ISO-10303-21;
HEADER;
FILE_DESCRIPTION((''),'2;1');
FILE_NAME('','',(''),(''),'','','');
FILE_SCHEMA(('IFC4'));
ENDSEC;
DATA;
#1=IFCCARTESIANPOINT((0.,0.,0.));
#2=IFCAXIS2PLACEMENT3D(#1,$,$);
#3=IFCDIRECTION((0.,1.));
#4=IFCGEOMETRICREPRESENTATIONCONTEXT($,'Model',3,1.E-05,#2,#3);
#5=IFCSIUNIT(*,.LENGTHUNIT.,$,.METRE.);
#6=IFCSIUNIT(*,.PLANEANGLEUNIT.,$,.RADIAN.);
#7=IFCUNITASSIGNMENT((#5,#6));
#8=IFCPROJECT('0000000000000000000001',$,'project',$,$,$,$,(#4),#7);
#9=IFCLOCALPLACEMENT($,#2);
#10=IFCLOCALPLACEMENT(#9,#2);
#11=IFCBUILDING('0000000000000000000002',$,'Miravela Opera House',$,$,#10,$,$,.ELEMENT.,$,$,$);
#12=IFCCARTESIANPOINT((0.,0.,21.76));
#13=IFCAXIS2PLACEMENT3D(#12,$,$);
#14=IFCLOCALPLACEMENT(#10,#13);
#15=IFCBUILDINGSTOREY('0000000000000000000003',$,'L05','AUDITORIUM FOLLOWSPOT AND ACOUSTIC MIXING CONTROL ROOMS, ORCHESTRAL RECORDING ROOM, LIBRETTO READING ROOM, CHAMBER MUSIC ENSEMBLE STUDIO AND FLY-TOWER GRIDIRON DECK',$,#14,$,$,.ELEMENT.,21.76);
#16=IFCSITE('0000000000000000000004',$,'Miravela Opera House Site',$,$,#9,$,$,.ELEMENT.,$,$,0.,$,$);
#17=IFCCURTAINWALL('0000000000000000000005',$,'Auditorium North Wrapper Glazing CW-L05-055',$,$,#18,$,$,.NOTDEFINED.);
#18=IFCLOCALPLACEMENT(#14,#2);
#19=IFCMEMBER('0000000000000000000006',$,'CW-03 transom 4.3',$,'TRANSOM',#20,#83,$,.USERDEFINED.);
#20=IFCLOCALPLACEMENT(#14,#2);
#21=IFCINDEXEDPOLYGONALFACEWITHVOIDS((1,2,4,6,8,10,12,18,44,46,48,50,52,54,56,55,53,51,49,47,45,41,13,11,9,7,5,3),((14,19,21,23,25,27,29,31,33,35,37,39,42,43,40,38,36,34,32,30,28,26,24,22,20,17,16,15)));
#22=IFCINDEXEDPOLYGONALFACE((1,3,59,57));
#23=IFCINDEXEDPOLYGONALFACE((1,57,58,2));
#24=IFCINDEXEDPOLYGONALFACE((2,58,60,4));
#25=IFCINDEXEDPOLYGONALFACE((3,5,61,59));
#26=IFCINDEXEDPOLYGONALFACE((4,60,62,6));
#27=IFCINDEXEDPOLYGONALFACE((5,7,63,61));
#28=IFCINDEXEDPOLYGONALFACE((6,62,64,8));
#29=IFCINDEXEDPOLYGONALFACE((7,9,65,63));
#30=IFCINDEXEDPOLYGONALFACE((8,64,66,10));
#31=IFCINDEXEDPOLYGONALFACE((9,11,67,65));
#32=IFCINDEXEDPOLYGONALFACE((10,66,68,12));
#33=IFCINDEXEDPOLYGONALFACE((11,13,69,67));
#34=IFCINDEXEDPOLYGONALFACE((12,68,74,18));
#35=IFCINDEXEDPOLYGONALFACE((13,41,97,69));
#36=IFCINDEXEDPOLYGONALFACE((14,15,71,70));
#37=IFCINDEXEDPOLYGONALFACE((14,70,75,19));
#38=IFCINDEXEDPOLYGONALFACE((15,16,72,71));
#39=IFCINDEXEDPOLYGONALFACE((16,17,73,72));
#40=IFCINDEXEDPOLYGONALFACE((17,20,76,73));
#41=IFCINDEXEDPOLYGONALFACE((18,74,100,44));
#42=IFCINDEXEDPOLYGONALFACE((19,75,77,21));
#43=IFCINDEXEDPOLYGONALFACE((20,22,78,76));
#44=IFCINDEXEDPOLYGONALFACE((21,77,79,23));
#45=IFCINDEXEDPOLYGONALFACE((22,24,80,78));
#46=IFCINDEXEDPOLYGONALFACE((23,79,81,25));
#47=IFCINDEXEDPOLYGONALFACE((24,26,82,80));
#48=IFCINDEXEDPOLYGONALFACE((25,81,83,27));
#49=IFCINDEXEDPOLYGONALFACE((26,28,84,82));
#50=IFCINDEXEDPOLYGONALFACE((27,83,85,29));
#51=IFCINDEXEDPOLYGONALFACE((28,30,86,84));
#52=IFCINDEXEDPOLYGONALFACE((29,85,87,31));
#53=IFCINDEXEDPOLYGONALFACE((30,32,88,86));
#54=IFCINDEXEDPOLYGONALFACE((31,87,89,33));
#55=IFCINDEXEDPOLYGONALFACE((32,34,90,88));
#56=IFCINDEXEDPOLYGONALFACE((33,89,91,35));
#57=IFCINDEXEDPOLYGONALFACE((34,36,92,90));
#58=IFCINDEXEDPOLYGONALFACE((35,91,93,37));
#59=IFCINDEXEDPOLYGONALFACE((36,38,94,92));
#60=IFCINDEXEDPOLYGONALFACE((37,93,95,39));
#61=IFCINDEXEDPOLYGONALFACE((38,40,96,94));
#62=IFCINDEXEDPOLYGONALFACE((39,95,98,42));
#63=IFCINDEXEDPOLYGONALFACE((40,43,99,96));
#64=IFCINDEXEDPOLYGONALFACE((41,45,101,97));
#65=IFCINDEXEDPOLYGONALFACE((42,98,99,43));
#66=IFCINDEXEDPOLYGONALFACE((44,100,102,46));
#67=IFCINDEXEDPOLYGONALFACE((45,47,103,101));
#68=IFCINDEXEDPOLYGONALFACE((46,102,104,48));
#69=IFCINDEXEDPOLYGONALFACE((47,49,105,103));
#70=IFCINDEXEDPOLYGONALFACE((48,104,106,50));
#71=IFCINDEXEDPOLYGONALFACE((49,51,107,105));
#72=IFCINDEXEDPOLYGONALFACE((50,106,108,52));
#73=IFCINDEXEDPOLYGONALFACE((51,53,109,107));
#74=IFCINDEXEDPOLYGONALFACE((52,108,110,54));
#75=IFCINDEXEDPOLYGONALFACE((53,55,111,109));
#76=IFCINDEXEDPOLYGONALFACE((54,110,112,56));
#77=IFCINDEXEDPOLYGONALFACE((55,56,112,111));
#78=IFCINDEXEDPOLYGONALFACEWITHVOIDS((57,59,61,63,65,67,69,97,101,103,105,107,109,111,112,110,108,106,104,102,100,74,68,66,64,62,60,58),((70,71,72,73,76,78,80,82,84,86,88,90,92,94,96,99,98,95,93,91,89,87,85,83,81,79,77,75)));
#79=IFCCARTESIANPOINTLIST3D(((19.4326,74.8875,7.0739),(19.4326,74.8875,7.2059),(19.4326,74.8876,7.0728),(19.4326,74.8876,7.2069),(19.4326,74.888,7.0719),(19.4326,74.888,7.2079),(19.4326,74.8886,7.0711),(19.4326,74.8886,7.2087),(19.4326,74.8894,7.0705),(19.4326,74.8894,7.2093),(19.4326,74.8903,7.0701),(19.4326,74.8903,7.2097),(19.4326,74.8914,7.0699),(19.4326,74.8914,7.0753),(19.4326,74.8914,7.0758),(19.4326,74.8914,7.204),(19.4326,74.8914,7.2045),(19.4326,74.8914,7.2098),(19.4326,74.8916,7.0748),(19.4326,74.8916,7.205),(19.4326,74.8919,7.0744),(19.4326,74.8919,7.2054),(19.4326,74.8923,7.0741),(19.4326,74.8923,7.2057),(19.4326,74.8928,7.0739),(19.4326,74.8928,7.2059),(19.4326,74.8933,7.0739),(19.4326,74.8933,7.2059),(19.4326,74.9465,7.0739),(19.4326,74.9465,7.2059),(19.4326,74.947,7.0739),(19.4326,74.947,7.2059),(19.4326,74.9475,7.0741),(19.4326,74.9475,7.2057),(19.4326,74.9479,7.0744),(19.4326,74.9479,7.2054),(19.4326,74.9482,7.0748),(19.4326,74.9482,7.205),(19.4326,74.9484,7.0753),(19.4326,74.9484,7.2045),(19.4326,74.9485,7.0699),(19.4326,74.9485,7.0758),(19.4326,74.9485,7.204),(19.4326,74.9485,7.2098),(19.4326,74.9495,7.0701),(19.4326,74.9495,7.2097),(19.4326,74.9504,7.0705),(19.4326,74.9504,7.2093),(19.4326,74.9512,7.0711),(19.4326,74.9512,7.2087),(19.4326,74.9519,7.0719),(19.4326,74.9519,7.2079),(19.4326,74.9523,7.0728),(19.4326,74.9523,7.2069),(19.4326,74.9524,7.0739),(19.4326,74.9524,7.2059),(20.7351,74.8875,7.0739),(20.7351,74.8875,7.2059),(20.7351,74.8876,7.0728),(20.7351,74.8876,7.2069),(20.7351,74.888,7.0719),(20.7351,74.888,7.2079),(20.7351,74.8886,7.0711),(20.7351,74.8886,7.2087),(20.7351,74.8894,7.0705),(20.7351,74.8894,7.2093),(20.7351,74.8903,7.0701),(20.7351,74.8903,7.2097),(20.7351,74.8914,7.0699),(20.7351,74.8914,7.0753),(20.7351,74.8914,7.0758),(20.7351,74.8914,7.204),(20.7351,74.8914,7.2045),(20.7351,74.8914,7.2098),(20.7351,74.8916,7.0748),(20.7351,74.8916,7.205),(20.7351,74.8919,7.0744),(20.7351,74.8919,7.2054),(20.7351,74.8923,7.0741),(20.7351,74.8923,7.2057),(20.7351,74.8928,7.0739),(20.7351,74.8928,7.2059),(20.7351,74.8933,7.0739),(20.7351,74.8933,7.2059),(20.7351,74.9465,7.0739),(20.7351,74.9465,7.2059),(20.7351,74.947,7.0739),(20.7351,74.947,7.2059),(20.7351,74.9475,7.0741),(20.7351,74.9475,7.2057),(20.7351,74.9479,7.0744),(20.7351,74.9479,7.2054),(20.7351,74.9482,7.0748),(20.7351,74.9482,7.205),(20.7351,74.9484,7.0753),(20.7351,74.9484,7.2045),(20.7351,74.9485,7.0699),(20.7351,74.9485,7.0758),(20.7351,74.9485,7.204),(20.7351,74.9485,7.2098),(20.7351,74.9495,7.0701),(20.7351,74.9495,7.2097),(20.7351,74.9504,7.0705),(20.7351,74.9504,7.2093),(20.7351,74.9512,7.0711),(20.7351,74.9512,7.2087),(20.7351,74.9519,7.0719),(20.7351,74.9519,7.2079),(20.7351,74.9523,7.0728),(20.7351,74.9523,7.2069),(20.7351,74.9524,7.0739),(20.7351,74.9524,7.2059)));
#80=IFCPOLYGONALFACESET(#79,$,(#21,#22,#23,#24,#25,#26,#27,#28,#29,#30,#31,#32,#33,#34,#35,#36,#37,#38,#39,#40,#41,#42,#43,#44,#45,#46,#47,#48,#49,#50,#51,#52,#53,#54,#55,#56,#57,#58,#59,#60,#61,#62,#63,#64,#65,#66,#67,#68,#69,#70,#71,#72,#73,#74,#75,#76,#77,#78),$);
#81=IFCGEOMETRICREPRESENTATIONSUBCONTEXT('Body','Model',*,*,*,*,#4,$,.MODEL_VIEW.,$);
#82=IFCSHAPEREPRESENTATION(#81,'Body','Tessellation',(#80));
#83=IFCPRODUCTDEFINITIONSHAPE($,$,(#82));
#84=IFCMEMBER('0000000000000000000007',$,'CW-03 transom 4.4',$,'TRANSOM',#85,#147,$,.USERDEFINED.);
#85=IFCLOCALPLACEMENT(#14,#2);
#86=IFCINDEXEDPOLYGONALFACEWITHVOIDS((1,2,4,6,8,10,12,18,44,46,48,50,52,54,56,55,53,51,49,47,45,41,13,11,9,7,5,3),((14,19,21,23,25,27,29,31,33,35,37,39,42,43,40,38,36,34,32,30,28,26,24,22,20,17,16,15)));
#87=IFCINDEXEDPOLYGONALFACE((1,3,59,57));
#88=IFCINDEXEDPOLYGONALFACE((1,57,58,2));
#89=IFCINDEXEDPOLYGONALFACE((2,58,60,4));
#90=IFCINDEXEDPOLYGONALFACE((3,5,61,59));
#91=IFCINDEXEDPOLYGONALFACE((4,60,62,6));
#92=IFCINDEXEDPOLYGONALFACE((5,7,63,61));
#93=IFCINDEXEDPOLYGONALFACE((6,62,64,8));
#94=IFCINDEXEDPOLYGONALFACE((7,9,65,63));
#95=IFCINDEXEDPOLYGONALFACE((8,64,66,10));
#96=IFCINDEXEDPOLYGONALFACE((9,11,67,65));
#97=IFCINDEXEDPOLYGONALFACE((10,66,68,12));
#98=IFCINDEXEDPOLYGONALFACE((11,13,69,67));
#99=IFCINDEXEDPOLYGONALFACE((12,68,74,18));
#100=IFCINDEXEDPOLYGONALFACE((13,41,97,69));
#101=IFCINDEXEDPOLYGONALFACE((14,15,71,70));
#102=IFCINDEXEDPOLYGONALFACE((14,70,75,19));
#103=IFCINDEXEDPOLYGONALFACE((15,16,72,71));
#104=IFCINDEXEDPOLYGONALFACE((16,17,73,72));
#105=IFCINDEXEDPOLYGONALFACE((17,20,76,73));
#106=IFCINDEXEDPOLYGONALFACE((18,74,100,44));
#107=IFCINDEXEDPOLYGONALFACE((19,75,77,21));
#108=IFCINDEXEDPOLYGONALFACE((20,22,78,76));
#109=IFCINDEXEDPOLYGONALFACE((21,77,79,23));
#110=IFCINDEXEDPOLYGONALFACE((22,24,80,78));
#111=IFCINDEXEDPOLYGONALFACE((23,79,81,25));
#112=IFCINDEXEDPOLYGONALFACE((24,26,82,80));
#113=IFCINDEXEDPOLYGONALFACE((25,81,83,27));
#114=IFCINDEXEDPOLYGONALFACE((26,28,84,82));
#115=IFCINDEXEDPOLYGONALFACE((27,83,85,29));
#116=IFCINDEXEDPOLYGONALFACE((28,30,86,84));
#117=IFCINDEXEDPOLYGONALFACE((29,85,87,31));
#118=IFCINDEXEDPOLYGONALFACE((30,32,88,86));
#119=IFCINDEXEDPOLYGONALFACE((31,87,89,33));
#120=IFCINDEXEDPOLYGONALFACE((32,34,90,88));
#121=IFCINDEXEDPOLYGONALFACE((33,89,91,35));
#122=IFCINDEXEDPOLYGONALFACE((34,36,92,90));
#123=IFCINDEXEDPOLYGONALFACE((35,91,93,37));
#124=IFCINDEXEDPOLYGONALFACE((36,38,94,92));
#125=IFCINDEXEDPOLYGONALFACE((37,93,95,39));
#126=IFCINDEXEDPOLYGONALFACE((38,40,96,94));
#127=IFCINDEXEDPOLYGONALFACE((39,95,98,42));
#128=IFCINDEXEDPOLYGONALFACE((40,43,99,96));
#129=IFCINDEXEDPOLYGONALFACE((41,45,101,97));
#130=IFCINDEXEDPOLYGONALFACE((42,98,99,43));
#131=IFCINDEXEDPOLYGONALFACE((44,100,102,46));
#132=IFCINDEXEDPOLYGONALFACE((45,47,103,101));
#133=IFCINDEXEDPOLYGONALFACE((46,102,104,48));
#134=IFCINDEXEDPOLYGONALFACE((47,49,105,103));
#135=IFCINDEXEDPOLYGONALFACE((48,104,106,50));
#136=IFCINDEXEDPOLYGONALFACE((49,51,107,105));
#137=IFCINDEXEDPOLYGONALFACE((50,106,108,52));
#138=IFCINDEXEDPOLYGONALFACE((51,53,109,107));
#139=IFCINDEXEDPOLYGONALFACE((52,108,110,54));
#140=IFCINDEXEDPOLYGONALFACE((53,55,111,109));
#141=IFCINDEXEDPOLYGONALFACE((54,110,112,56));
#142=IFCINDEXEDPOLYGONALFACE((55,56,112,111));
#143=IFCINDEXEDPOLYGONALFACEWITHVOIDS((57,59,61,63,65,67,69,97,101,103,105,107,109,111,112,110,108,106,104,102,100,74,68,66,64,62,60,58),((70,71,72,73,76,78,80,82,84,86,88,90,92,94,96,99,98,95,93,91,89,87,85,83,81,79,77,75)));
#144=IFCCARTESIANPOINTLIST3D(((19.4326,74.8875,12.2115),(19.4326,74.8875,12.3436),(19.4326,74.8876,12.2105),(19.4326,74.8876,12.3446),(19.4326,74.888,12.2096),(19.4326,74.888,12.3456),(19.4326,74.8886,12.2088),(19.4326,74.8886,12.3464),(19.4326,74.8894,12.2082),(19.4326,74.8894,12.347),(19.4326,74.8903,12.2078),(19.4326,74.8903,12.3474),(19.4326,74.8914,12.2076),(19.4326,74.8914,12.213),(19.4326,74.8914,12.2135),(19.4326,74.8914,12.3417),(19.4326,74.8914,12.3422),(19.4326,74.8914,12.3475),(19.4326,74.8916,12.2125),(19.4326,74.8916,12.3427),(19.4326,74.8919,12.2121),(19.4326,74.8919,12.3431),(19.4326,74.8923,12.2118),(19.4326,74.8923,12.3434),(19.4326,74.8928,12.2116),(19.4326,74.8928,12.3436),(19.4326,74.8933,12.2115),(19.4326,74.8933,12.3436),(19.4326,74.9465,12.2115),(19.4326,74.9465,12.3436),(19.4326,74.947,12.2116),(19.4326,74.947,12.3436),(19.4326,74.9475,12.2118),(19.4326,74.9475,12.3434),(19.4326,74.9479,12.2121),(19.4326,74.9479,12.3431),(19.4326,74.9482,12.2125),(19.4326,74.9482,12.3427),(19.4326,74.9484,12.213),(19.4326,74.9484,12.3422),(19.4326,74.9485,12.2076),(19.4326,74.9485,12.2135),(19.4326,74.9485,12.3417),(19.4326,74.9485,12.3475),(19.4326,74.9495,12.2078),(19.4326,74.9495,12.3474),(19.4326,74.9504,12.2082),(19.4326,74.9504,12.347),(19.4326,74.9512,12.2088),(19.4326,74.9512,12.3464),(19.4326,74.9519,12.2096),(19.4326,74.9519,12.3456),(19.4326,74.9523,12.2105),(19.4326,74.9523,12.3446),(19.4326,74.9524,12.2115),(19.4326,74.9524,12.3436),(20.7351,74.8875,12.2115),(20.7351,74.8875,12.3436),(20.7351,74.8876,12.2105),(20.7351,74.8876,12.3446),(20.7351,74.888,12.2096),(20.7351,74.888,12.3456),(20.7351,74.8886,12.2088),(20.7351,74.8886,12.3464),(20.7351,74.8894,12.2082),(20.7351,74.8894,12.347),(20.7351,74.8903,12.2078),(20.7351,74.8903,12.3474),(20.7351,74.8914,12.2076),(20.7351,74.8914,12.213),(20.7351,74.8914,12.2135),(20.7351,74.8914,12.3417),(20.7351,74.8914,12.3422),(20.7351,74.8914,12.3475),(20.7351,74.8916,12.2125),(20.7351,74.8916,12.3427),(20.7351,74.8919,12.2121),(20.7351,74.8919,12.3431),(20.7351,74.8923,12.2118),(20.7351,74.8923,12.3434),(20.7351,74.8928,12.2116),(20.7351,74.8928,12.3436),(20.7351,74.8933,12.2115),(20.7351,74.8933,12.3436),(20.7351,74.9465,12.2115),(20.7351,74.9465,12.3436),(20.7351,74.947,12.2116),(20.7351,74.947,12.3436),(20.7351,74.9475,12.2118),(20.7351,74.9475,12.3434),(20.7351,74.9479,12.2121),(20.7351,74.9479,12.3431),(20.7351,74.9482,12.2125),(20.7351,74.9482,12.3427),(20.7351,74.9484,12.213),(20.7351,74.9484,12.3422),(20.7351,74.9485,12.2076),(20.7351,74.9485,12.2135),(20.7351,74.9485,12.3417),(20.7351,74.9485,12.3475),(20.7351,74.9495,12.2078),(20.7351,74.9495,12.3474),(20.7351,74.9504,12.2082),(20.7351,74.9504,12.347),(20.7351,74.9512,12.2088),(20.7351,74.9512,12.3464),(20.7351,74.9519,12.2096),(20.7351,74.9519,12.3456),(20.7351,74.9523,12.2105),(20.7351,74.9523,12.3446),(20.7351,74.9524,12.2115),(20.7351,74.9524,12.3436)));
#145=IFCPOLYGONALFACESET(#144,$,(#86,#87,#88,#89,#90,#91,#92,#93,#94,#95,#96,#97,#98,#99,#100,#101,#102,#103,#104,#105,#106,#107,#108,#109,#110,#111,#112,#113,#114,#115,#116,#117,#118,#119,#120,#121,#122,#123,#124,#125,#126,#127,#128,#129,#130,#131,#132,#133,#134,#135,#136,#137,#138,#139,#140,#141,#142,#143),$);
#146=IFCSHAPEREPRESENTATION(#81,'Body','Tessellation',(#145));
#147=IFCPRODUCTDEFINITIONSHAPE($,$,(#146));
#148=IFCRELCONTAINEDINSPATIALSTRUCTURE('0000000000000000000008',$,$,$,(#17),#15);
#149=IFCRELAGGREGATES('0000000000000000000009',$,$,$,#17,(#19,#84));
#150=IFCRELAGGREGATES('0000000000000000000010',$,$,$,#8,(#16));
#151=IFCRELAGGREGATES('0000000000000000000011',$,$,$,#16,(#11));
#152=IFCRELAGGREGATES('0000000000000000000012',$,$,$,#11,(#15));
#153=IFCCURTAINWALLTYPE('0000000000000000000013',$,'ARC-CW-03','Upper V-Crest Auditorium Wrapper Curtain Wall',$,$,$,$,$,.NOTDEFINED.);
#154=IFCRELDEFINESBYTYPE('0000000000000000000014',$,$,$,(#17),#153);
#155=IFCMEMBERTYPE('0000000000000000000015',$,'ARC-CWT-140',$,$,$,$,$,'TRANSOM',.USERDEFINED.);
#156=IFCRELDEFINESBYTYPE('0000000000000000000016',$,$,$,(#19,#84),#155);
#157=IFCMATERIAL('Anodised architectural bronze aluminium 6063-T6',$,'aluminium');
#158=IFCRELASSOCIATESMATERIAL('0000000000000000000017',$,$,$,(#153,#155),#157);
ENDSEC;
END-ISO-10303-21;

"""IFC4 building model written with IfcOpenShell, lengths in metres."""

from ifc_helpers import new_model, si_unit, direction, frame, origin, origin_2d, place, context, subcontext, project, spatial, hollow_rectangle, extrude, material, material_profile, profile_set, type_object, element, aggregate, save


model = new_model("IFC4")

# Units and contexts
model_context = context("Model", 3, precision=1e-05, world=origin(), true_north=direction((0.0, 1.0)))
body_context = subcontext(model_context, "Body", "Model", "MODEL_VIEW")
ifc_project = project(units=[si_unit("LENGTHUNIT", "METRE"), si_unit("PLANEANGLEUNIT", "RADIAN")], contexts=[model_context])

# Site, building, storey
site_placement = place(None, origin())
site = spatial("IfcSite", under=ifc_project, at=site_placement, Name="Miravela Opera House Site", CompositionType="ELEMENT", RefElevation=0.0)
building_placement = place(site_placement, origin())
building = spatial("IfcBuilding", under=site, at=building_placement, Name="Miravela Opera House", CompositionType="ELEMENT")
storey_placement = place(building_placement, frame((0.0, 0.0, 21.76)))
storey = spatial("IfcBuildingStorey", under=building, at=storey_placement, Name="L05", Description="AUDITORIUM FOLLOWSPOT AND ACOUSTIC MIXING CONTROL ROOMS, ORCHESTRAL RECORDING ROOM, LIBRETTO READING ROOM, CHAMBER MUSIC ENSEMBLE STUDIO AND FLY-TOWER GRIDIRON DECK", CompositionType="ELEMENT", Elevation=21.76)

# Curtain wall
ifc_material_1 = material(Name="Anodised architectural bronze aluminium 6063-T6", Category="aluminium")
curtain_wall_type = type_object("IfcCurtainWallType", Name="ARC-CW-03", Description="Upper V-Crest Auditorium Wrapper Curtain Wall", PredefinedType="NOTDEFINED", material=ifc_material_1)
curtain_wall_1_placement = place(storey_placement, origin())
curtain_wall_1 = element("IfcCurtainWall", 1, at=curtain_wall_1_placement, inside=storey, type_object=curtain_wall_type, Name="Auditorium North Wrapper Glazing CW-L05-055", PredefinedType="NOTDEFINED")

# Members
ifc_material_profile_1 = material_profile(ifc_material_1, hollow_rectangle(XDim=0.0649, YDim=0.1399, WallThickness=0.0039, InnerFilletRadius=0.002, OuterFilletRadius=0.0039, at=origin_2d()), Name="CWT-65X140")
ifc_profile_set_1 = profile_set([ifc_material_profile_1])
member_type_1 = type_object("IfcMemberType", Name="ARC-CWT-140", ElementType="TRANSOM", PredefinedType="USERDEFINED", material=ifc_profile_set_1)
member_1_placement = place(storey_placement, frame((19.4326, 74.9199, 7.1399), z_axis=(1.0, 0.0, 0.0), x_axis=(0.0, 1.0, 0.0)))
member_1 = element("IfcMember", 2, at=member_1_placement, type_object=member_type_1, Name="CW-03 transom 4.3", ObjectType="TRANSOM", PredefinedType="USERDEFINED", context=body_context, shape_type="SweptSolid", body=[
    extrude(hollow_rectangle(XDim=0.0649, YDim=0.1399, WallThickness=0.0039, InnerFilletRadius=0.002, OuterFilletRadius=0.0039, at=origin_2d()), origin(), (0.0, 0.0, 1.0), 1.3025),
])
member_2_placement = place(storey_placement, frame((19.4326, 74.9199, 12.2776), z_axis=(1.0, 0.0, 0.0), x_axis=(0.0, 1.0, 0.0)))
member_2 = element("IfcMember", 3, at=member_2_placement, type_object=member_type_1, Name="CW-03 transom 4.4", ObjectType="TRANSOM", PredefinedType="USERDEFINED", context=body_context, shape_type="SweptSolid", body=[
    extrude(hollow_rectangle(XDim=0.0649, YDim=0.1399, WallThickness=0.0039, InnerFilletRadius=0.002, OuterFilletRadius=0.0039, at=origin_2d()), origin(), (0.0, 0.0, 1.0), 1.3025),
])

aggregate(curtain_wall_1, [member_1, member_2])

save(model, "model.ifc")
